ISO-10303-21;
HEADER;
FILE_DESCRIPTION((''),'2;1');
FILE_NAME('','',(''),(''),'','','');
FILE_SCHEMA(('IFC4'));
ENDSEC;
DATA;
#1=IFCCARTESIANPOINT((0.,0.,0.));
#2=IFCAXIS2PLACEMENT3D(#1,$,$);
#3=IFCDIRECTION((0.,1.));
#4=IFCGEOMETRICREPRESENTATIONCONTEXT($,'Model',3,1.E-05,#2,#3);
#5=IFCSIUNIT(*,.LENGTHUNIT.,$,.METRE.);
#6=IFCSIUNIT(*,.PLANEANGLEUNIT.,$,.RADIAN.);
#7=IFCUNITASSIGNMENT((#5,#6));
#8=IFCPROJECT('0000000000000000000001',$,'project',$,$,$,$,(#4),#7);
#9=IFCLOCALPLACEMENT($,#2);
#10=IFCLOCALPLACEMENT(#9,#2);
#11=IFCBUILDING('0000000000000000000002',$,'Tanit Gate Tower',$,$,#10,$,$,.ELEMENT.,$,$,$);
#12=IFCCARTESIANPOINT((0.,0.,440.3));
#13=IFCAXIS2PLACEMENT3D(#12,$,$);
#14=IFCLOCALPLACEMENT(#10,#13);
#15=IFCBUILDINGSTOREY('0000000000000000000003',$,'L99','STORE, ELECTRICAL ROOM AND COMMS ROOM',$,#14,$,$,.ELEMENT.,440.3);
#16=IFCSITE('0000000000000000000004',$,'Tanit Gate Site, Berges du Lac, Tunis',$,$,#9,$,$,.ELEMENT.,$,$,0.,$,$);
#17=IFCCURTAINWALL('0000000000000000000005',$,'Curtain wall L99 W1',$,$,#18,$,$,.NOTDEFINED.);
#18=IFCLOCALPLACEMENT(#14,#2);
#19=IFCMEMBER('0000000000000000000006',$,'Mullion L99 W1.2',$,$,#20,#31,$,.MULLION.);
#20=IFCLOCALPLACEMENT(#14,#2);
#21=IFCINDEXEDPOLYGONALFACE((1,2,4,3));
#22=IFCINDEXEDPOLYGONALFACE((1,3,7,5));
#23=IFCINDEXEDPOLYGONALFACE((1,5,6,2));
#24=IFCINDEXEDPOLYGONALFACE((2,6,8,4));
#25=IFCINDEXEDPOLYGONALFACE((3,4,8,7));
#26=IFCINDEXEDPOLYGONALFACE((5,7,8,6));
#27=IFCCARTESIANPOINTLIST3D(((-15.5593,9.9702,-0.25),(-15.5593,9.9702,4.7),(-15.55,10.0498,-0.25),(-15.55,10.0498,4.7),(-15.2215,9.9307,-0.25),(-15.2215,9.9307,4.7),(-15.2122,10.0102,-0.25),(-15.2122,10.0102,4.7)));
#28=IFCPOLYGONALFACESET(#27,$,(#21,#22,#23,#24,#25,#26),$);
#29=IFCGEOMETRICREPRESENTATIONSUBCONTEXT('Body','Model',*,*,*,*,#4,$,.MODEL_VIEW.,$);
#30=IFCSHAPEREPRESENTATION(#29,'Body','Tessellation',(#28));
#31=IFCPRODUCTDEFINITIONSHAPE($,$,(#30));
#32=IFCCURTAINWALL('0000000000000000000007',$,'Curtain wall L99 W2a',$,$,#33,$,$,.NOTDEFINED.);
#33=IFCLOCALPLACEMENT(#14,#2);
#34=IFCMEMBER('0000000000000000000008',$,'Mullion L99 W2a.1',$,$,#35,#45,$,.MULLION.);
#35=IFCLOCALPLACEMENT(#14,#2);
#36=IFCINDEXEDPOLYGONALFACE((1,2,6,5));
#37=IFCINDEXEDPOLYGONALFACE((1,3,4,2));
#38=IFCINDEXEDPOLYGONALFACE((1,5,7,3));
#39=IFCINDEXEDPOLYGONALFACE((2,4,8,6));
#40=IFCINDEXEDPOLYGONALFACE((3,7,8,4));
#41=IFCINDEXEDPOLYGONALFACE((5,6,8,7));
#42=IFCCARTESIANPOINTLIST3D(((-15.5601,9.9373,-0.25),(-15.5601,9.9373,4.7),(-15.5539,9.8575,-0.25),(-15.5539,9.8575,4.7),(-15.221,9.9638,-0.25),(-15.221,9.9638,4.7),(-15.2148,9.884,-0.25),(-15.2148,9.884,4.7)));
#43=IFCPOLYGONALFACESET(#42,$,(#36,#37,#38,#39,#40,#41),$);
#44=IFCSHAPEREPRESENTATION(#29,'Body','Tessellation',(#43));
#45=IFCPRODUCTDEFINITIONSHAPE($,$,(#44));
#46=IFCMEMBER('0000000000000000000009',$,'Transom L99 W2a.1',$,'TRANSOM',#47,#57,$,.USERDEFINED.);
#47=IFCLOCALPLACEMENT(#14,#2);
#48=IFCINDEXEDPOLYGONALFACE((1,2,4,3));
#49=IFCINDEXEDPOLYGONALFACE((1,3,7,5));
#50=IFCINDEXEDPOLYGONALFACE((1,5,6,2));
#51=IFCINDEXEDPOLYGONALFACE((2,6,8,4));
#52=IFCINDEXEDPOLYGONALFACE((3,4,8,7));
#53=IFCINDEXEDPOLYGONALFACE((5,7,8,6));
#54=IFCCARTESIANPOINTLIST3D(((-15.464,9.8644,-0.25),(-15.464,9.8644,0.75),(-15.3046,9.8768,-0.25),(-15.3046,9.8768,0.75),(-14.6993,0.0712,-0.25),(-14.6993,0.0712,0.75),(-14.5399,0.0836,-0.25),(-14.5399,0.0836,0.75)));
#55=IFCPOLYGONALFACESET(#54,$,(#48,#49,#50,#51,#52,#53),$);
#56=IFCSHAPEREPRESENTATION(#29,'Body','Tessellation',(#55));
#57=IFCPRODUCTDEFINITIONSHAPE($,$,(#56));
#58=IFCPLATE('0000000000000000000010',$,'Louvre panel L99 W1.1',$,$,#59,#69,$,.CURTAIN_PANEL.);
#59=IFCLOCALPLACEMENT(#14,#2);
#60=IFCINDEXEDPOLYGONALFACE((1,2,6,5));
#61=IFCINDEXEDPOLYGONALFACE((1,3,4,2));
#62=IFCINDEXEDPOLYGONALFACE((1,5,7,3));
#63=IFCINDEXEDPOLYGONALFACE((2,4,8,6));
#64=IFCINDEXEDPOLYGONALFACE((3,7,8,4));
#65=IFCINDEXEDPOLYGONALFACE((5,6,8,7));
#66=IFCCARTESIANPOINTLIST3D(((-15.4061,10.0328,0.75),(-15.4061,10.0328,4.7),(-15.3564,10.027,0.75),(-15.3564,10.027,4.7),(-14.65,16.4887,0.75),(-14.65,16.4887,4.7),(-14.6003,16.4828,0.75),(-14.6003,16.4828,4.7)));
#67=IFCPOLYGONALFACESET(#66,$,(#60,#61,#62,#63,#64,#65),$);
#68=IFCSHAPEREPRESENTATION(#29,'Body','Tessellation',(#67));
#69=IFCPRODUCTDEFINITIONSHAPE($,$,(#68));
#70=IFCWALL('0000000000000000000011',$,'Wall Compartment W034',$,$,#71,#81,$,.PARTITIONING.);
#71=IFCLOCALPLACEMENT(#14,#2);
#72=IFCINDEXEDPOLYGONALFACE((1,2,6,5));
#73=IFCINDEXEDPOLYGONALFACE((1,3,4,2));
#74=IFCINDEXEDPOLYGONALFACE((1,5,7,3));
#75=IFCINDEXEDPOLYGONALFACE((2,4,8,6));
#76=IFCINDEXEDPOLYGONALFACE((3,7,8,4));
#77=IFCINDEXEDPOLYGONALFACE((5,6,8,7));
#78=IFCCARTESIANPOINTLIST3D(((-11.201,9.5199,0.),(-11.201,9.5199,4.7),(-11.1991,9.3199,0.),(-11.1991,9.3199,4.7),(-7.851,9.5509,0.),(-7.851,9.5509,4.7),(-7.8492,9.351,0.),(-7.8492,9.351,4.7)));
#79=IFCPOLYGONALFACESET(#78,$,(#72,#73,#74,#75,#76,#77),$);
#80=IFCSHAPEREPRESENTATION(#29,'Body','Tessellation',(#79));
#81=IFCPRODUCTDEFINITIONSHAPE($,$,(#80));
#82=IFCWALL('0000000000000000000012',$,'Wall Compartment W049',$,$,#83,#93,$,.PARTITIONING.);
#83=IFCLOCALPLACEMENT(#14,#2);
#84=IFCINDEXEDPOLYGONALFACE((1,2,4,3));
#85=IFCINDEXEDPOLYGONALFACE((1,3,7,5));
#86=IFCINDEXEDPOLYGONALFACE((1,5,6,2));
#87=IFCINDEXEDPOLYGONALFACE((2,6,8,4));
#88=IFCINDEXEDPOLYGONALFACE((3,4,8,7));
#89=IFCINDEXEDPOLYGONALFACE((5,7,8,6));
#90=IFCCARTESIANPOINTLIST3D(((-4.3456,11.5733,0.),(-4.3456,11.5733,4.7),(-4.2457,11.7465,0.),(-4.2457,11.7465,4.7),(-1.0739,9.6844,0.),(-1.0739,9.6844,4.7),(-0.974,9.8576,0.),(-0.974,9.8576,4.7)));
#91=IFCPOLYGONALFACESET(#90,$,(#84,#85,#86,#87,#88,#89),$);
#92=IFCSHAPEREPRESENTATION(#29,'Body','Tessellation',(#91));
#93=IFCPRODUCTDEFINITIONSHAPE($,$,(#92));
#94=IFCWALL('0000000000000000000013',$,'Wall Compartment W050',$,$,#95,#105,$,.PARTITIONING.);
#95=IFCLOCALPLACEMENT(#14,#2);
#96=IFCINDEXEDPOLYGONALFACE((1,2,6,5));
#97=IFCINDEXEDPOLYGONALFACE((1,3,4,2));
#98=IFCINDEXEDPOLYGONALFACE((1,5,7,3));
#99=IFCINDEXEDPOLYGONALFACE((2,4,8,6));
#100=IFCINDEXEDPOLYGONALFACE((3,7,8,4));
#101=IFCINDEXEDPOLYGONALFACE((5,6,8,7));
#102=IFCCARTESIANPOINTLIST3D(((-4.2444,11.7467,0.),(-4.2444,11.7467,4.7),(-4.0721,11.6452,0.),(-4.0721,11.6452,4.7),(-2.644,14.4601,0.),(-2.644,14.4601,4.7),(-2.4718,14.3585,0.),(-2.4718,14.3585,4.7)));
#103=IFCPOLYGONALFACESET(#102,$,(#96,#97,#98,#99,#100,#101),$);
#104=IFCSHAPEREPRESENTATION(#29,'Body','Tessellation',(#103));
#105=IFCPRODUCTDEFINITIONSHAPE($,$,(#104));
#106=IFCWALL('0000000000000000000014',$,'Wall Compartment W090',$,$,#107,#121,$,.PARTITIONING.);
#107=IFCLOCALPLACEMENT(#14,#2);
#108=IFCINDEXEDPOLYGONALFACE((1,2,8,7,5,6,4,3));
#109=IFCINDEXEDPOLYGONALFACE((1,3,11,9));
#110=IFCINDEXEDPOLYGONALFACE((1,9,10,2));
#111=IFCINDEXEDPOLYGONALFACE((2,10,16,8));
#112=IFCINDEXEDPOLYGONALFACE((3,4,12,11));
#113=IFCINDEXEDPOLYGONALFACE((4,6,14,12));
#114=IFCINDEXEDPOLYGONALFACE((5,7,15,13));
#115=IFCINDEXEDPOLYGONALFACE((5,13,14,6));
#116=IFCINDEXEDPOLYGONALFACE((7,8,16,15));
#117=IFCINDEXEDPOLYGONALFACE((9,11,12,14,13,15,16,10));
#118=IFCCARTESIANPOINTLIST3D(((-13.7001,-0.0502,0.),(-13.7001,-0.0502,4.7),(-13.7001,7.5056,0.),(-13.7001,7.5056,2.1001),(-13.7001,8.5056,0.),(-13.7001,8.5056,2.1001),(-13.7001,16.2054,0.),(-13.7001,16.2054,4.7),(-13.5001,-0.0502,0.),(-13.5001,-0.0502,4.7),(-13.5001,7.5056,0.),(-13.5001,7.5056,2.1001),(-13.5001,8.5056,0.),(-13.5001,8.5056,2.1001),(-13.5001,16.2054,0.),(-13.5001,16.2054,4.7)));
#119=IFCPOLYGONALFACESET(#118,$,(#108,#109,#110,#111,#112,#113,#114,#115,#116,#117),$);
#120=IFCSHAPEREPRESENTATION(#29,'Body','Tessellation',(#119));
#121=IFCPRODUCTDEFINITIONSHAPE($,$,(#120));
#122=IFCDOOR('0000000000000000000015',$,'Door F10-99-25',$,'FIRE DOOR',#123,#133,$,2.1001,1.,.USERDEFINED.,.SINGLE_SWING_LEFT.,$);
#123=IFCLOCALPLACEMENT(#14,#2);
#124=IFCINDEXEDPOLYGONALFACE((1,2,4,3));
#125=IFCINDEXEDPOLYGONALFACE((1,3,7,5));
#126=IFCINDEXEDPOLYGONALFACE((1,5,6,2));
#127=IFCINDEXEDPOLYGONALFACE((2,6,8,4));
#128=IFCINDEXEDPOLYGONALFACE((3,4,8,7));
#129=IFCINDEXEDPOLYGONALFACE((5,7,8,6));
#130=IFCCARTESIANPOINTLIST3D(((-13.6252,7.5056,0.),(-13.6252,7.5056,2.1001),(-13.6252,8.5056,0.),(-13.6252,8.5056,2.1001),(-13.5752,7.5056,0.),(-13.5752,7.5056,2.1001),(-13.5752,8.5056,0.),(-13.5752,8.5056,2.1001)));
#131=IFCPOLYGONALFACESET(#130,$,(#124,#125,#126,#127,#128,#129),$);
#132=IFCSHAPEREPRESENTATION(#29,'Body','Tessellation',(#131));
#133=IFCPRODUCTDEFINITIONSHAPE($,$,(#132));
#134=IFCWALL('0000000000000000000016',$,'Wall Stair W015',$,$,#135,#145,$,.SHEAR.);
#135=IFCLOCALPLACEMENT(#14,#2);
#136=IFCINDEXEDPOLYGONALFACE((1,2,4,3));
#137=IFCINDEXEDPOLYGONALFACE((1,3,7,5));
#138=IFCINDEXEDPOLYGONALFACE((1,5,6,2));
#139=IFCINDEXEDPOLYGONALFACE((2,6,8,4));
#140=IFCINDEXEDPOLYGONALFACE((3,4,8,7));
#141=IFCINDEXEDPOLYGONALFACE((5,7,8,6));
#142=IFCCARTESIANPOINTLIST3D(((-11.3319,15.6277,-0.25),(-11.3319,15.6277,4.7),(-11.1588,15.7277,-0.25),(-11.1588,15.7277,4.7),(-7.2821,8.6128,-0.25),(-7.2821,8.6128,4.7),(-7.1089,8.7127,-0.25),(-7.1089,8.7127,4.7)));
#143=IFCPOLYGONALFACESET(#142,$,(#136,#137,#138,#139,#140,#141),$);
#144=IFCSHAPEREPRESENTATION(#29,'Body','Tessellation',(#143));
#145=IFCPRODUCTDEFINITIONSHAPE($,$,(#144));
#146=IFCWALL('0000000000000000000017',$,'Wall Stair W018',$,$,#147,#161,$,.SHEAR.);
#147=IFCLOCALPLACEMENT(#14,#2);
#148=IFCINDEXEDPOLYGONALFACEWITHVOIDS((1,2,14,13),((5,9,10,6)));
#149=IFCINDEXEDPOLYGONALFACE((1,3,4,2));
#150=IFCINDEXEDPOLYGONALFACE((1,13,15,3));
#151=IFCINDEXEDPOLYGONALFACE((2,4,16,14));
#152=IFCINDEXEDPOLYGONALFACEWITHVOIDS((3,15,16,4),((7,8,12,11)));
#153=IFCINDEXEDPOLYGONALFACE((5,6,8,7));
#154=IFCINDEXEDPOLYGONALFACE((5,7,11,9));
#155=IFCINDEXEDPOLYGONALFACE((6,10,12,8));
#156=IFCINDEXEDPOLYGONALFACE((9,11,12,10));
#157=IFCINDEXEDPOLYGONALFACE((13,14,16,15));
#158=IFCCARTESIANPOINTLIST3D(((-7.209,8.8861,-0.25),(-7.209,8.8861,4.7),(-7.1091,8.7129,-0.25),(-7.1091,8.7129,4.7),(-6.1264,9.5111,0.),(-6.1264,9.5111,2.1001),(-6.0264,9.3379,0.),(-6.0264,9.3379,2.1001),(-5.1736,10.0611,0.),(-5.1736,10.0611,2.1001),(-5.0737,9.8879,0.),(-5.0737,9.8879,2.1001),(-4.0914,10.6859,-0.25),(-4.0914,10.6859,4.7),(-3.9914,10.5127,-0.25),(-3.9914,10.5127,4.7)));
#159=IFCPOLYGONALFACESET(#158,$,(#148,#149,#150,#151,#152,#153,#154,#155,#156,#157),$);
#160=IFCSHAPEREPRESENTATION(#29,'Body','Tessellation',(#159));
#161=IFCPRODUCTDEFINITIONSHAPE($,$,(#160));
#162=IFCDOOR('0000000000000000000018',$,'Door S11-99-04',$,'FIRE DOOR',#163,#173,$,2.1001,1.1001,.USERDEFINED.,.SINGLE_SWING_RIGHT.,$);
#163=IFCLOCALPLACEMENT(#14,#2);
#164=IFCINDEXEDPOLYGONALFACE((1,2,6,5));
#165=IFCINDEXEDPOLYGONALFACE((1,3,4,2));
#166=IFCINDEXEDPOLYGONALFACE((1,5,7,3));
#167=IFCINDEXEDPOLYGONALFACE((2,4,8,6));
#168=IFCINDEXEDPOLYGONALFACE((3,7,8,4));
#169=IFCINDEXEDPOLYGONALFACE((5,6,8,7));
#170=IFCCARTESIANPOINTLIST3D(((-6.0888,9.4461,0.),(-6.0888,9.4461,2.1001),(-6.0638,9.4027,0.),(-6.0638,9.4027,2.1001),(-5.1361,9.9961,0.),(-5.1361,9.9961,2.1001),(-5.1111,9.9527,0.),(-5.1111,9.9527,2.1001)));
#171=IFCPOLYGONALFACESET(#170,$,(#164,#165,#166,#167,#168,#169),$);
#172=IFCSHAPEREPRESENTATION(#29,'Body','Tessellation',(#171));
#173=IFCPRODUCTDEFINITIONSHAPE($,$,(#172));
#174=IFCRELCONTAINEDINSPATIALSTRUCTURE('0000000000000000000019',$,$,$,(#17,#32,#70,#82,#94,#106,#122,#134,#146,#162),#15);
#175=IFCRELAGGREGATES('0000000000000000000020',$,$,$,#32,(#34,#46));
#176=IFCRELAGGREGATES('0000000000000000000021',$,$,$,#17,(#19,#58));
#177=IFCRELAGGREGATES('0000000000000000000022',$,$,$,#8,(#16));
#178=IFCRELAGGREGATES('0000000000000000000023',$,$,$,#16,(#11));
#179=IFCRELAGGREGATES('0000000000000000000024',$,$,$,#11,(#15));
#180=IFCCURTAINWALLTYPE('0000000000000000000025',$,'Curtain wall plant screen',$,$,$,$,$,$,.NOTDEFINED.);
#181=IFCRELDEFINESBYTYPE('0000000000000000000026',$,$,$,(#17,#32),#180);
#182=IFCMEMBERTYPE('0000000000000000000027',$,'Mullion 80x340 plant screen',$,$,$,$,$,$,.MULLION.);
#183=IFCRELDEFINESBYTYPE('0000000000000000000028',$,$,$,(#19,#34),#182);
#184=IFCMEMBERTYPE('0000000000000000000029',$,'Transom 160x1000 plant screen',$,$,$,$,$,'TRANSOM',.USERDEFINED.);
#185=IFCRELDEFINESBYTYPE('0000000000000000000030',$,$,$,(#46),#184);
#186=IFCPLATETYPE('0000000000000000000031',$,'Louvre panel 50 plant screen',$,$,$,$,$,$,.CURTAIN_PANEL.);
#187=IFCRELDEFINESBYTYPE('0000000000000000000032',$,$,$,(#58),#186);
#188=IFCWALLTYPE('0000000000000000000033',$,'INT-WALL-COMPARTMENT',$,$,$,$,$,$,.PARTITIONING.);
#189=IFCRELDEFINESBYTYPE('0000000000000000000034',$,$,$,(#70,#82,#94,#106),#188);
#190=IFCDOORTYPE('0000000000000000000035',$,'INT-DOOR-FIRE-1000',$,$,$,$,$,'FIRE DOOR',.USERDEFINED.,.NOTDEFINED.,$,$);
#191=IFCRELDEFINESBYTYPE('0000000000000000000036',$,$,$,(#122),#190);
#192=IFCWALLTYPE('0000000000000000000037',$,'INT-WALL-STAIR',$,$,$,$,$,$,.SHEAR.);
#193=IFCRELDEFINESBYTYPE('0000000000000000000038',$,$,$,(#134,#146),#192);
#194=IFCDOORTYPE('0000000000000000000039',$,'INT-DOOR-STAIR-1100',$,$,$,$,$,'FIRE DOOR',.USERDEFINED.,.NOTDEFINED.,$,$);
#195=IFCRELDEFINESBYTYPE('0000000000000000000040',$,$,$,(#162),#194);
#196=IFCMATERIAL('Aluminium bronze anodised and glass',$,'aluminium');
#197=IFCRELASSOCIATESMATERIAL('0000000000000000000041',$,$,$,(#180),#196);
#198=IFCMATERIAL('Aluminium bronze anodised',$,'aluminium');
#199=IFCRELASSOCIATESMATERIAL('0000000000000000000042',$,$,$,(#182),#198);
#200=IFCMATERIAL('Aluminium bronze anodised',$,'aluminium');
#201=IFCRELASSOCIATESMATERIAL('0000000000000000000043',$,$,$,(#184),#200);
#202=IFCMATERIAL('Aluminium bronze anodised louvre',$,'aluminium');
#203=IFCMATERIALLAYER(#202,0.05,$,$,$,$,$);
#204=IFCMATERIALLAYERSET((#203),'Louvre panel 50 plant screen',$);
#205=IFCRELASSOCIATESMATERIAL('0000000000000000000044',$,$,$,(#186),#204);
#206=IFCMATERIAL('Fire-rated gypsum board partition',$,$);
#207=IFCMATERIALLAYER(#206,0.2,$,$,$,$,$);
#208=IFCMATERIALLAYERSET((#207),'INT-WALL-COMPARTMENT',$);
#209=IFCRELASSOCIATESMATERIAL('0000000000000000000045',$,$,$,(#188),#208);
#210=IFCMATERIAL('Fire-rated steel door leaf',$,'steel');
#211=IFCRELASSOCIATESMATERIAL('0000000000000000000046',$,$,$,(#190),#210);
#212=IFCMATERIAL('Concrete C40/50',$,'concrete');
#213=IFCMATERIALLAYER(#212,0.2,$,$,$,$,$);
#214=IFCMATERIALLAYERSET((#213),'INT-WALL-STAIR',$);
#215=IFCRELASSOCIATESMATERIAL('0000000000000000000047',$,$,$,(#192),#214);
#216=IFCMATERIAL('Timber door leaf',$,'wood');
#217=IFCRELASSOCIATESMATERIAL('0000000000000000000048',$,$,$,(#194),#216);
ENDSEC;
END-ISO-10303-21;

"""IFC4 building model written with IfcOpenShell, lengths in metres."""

from ifc_helpers import new_model, si_unit, direction, frame, frame_2d, origin, origin_2d, place, context, subcontext, project, spatial, rectangle, extrude, material, layer, layer_set, material_profile, profile_set, type_object, element, fill, aggregate, save


model = new_model("IFC4")

# Units and contexts
model_context = context("Model", 3, precision=1e-05, world=origin(), true_north=direction((0.0, 1.0)))
body_context = subcontext(model_context, "Body", "Model", "MODEL_VIEW")
ifc_project = project(units=[si_unit("LENGTHUNIT", "METRE"), si_unit("PLANEANGLEUNIT", "RADIAN")], contexts=[model_context])

# Site, building, storey
site_placement = place(None, origin())
site = spatial("IfcSite", under=ifc_project, at=site_placement, Name="Tanit Gate Site, Berges du Lac, Tunis", CompositionType="ELEMENT", RefElevation=0.0)
building_placement = place(site_placement, origin())
building = spatial("IfcBuilding", under=site, at=building_placement, Name="Tanit Gate Tower", CompositionType="ELEMENT")
storey_placement = place(building_placement, frame((0.0, 0.0, 440.3)))
storey = spatial("IfcBuildingStorey", under=building, at=storey_placement, Name="L99", Description="STORE, ELECTRICAL ROOM AND COMMS ROOM", CompositionType="ELEMENT", Elevation=440.3)

# Curtain wall, member
ifc_material_1 = material(Name="Aluminium bronze anodised and glass", Category="aluminium")
curtain_wall_type = type_object("IfcCurtainWallType", Name="Curtain wall plant screen", PredefinedType="NOTDEFINED", material=ifc_material_1)
curtain_wall_1_placement = place(storey_placement, origin())
curtain_wall_1 = element("IfcCurtainWall", 1, at=curtain_wall_1_placement, inside=storey, type_object=curtain_wall_type, Name="Curtain wall L99 W1", PredefinedType="NOTDEFINED")
ifc_material_2 = material(Name="Aluminium bronze anodised", Category="aluminium")
ifc_material_profile_1 = material_profile(ifc_material_2, rectangle(XDim=0.3401, YDim=0.0801, at=origin_2d()), Name="80x340 bronze mullion")
ifc_profile_set_1 = profile_set([ifc_material_profile_1], Name="Aluminium bronze anodised")
member_type_1 = type_object("IfcMemberType", Name="Mullion 80x340 plant screen", PredefinedType="MULLION", material=ifc_profile_set_1)
member_1_placement = place(storey_placement, frame((-15.3857, 9.9902, -0.25), z_axis=(0.0, 0.0, 1.0), x_axis=(0.993212, -0.116318, 0.0)))
member_1 = element("IfcMember", 2, at=member_1_placement, type_object=member_type_1, Name="Mullion L99 W1.2", PredefinedType="MULLION", context=body_context, shape_type="SweptSolid", body=[
    extrude(rectangle(XDim=0.3401, YDim=0.0801, at=origin_2d()), origin(), (0.0, 0.0, 1.0), 4.95),
])

# Curtain wall, members
curtain_wall_2_placement = place(storey_placement, origin())
curtain_wall_2 = element("IfcCurtainWall", 3, at=curtain_wall_2_placement, inside=storey, type_object=curtain_wall_type, Name="Curtain wall L99 W2a", PredefinedType="NOTDEFINED")
member_2_placement = place(storey_placement, frame((-15.3875, 9.9106, -0.25), z_axis=(0.0, 0.0, 1.0), x_axis=(0.996966, 0.077839, 0.0)))
member_2 = element("IfcMember", 4, at=member_2_placement, type_object=member_type_1, Name="Mullion L99 W2a.1", PredefinedType="MULLION", context=body_context, shape_type="SweptSolid", body=[
    extrude(rectangle(XDim=0.3401, YDim=0.0801, at=origin_2d()), origin(), (0.0, 0.0, 1.0), 4.95),
])
ifc_material_3 = material(Name="Aluminium bronze anodised", Category="aluminium")
ifc_material_profile_2 = material_profile(ifc_material_3, rectangle(XDim=0.1599, YDim=1.0, at=origin_2d()), Name="160x1000 bronze transom")
ifc_profile_set_2 = profile_set([ifc_material_profile_2], Name="Aluminium bronze anodised")
member_type_2 = type_object("IfcMemberType", Name="Transom 160x1000 plant screen", ElementType="TRANSOM", PredefinedType="USERDEFINED", material=ifc_profile_set_2)
member_3_placement = place(storey_placement, frame((-15.3843, 9.8706, 0.25), z_axis=(0.077843, -0.996966, 0.0), x_axis=(0.996966, 0.077843, 0.0)))
member_3 = element("IfcMember", 5, at=member_3_placement, type_object=member_type_2, Name="Transom L99 W2a.1", ObjectType="TRANSOM", PredefinedType="USERDEFINED", context=body_context, shape_type="SweptSolid", body=[
    extrude(rectangle(XDim=0.1599, YDim=1.0, at=origin_2d()), origin(), (0.0, 0.0, 1.0), 9.823),
])
aggregate(curtain_wall_2, [member_2, member_3])

# Plate
ifc_material_4 = material(Name="Aluminium bronze anodised louvre", Category="aluminium")
ifc_layer_1 = layer(ifc_material_4, 0.05)
ifc_layer_set_1 = layer_set([ifc_layer_1], Name="Louvre panel 50 plant screen")
plate_type = type_object("IfcPlateType", Name="Louvre panel 50 plant screen", PredefinedType="CURTAIN_PANEL", material=ifc_layer_set_1)
plate_placement = place(storey_placement, frame((-15.0032, 13.2578, 0.75), z_axis=(0.0, 0.0, 1.0), x_axis=(-0.116318, -0.993212, 0.0)))
plate = element("IfcPlate", 6, at=plate_placement, type_object=plate_type, Name="Louvre panel L99 W1.1", PredefinedType="CURTAIN_PANEL", context=body_context, shape_type="SweptSolid", body=[
    extrude(rectangle(XDim=6.5, YDim=0.05, at=origin_2d()), origin(), (0.0, 0.0, 1.0), 3.95),
])
aggregate(curtain_wall_1, [member_1, plate])

# Walls
ifc_material_5 = material(Name="Fire-rated gypsum board partition")
ifc_layer_2 = layer(ifc_material_5, 0.2)
ifc_layer_set_2 = layer_set([ifc_layer_2], Name="INT-WALL-COMPARTMENT")
wall_type_1 = type_object("IfcWallType", Name="INT-WALL-COMPARTMENT", PredefinedType="PARTITIONING", material=ifc_layer_set_2)
wall_1_placement = place(storey_placement, frame((-7.8501, 9.4509, 0.0), z_axis=(0.0, 0.0, 1.0), x_axis=(-0.999957, -0.009255, 0.0)))
element("IfcWall", 7, at=wall_1_placement, inside=storey, type_object=wall_type_1, Name="Wall Compartment W034", PredefinedType="PARTITIONING", context=body_context, shape_type="SweptSolid", body=[
    extrude(rectangle(XDim=3.3501, YDim=0.2, at=frame_2d((1.675, 0.0))), origin(), (0.0, 0.0, 1.0), 4.7),
])
wall_2_placement = place(storey_placement, frame((-4.2957, 11.6599, 0.0), z_axis=(0.0, 0.0, 1.0), x_axis=(0.866027, -0.499997, 0.0)))
element("IfcWall", 8, at=wall_2_placement, inside=storey, type_object=wall_type_1, Name="Wall Compartment W049", PredefinedType="PARTITIONING", context=body_context, shape_type="SweptSolid", body=[
    extrude(rectangle(XDim=3.7778, YDim=0.2, at=frame_2d((1.8889, 0.0))), origin(), (0.0, 0.0, 1.0), 4.7),
])
wall_3_placement = place(storey_placement, frame((-2.5579, 14.4094, 0.0), z_axis=(0.0, 0.0, 1.0), x_axis=(-0.508019, -0.861346, 0.0)))
element("IfcWall", 9, at=wall_3_placement, inside=storey, type_object=wall_type_1, Name="Wall Compartment W050", PredefinedType="PARTITIONING", context=body_context, shape_type="SweptSolid", body=[
    extrude(rectangle(XDim=3.1501, YDim=0.2, at=frame_2d((1.5752, 0.0))), origin(), (0.0, 0.0, 1.0), 4.7),
])

# Wall, opening, door
wall_4_placement = place(storey_placement, frame((-13.6001, 16.2056, 0.0), z_axis=(0.0, 0.0, 1.0), x_axis=(0.0, -1.0, 0.0)))
wall_4 = element("IfcWall", 10, at=wall_4_placement, inside=storey, type_object=wall_type_1, Name="Wall Compartment W090", PredefinedType="PARTITIONING", context=body_context, shape_type="SweptSolid", body=[
    extrude(rectangle(XDim=16.2556, YDim=0.2, at=frame_2d((8.1279, 0.0))), origin(), (0.0, 0.0, 1.0), 4.7),
])
opening_1_placement = place(wall_4_placement, frame((7.7, 0.0, 0.0)))
opening_1 = element("IfcOpeningElement", 11, at=opening_1_placement, cuts=wall_4, PredefinedType="OPENING", context=body_context, shape_type="SweptSolid", body=[
    extrude(rectangle(XDim=1.0, YDim=2.1001, at=frame_2d((0.5, 1.05))), frame((0.0, 0.1099, 0.0), z_axis=(0.0, -1.0, 0.0), x_axis=(1.0, 0.0, 0.0)), (0.0, 0.0, 1.0), 0.22),
])
ifc_material_6 = material(Name="Fire-rated steel door leaf", Category="steel")
door_type_1 = type_object("IfcDoorType", Name="INT-DOOR-FIRE-1000", ElementType="FIRE DOOR", OperationType="NOTDEFINED", PredefinedType="USERDEFINED", material=ifc_material_6)
door_1_placement = place(opening_1_placement, origin())
door_1 = element("IfcDoor", 12, at=door_1_placement, inside=storey, type_object=door_type_1, Name="Door F10-99-25", ObjectType="FIRE DOOR", OperationType="SINGLE_SWING_LEFT", OverallHeight=2.1001, OverallWidth=1.0, PredefinedType="USERDEFINED", context=body_context, shape_type="SweptSolid", body=[
    extrude(rectangle(XDim=1.0, YDim=2.1001, at=frame_2d((0.5, 1.05))), frame((0.0, 0.0249, 0.0), z_axis=(0.0, -1.0, 0.0), x_axis=(1.0, 0.0, 0.0)), (0.0, 0.0, 1.0), 0.05),
])
fill(opening_1, door_1)

# Wall
ifc_material_7 = material(Name="Concrete C40/50", Category="concrete")
ifc_layer_3 = layer(ifc_material_7, 0.2)
ifc_layer_set_3 = layer_set([ifc_layer_3], Name="INT-WALL-STAIR")
wall_type_2 = type_object("IfcWallType", Name="INT-WALL-STAIR", PredefinedType="SHEAR", material=ifc_layer_set_3)
wall_5_placement = place(storey_placement, frame((-11.2454, 15.6777, -0.25), z_axis=(0.0, 0.0, 1.0), x_axis=(0.499977, -0.866039, 0.0)))
element("IfcWall", 13, at=wall_5_placement, inside=storey, type_object=wall_type_2, Name="Wall Stair W015", PredefinedType="SHEAR", context=body_context, shape_type="SweptSolid", body=[
    extrude(rectangle(XDim=8.1001, YDim=0.2, at=frame_2d((4.05, 0.0))), origin(), (0.0, 0.0, 1.0), 4.95),
])

# Wall, opening, door
wall_6_placement = place(storey_placement, frame((-7.1589, 8.7996, -0.25), z_axis=(0.0, 0.0, 1.0), x_axis=(0.866048, 0.499961, 0.0)))
wall_6 = element("IfcWall", 14, at=wall_6_placement, inside=storey, type_object=wall_type_2, Name="Wall Stair W018", PredefinedType="SHEAR", context=body_context, shape_type="SweptSolid", body=[
    extrude(rectangle(XDim=3.5999, YDim=0.2, at=frame_2d((1.7998, 0.0))), origin(), (0.0, 0.0, 1.0), 4.95),
])
opening_2_placement = place(wall_6_placement, frame((1.25, 0.0, 0.25)))
opening_2 = element("IfcOpeningElement", 15, at=opening_2_placement, cuts=wall_6, PredefinedType="OPENING", context=body_context, shape_type="SweptSolid", body=[
    extrude(rectangle(XDim=1.1001, YDim=2.1001, at=frame_2d((0.55, 1.05))), frame((0.0, 0.1099, 0.0), z_axis=(0.0, -1.0, 0.0), x_axis=(1.0, 0.0, 0.0)), (0.0, 0.0, 1.0), 0.22),
])
ifc_material_8 = material(Name="Timber door leaf", Category="wood")
door_type_2 = type_object("IfcDoorType", Name="INT-DOOR-STAIR-1100", ElementType="FIRE DOOR", OperationType="NOTDEFINED", PredefinedType="USERDEFINED", material=ifc_material_8)
door_2_placement = place(opening_2_placement, origin())
door_2 = element("IfcDoor", 16, at=door_2_placement, inside=storey, type_object=door_type_2, Name="Door S11-99-04", ObjectType="FIRE DOOR", OperationType="SINGLE_SWING_RIGHT", OverallHeight=2.1001, OverallWidth=1.1001, PredefinedType="USERDEFINED", context=body_context, shape_type="SweptSolid", body=[
    extrude(rectangle(XDim=1.1001, YDim=2.1001, at=frame_2d((0.55, 1.05))), frame((0.0, 0.0249, 0.0), z_axis=(0.0, -1.0, 0.0), x_axis=(1.0, 0.0, 0.0)), (0.0, 0.0, 1.0), 0.05),
])
fill(opening_2, door_2)

save(model, "model.ifc")
